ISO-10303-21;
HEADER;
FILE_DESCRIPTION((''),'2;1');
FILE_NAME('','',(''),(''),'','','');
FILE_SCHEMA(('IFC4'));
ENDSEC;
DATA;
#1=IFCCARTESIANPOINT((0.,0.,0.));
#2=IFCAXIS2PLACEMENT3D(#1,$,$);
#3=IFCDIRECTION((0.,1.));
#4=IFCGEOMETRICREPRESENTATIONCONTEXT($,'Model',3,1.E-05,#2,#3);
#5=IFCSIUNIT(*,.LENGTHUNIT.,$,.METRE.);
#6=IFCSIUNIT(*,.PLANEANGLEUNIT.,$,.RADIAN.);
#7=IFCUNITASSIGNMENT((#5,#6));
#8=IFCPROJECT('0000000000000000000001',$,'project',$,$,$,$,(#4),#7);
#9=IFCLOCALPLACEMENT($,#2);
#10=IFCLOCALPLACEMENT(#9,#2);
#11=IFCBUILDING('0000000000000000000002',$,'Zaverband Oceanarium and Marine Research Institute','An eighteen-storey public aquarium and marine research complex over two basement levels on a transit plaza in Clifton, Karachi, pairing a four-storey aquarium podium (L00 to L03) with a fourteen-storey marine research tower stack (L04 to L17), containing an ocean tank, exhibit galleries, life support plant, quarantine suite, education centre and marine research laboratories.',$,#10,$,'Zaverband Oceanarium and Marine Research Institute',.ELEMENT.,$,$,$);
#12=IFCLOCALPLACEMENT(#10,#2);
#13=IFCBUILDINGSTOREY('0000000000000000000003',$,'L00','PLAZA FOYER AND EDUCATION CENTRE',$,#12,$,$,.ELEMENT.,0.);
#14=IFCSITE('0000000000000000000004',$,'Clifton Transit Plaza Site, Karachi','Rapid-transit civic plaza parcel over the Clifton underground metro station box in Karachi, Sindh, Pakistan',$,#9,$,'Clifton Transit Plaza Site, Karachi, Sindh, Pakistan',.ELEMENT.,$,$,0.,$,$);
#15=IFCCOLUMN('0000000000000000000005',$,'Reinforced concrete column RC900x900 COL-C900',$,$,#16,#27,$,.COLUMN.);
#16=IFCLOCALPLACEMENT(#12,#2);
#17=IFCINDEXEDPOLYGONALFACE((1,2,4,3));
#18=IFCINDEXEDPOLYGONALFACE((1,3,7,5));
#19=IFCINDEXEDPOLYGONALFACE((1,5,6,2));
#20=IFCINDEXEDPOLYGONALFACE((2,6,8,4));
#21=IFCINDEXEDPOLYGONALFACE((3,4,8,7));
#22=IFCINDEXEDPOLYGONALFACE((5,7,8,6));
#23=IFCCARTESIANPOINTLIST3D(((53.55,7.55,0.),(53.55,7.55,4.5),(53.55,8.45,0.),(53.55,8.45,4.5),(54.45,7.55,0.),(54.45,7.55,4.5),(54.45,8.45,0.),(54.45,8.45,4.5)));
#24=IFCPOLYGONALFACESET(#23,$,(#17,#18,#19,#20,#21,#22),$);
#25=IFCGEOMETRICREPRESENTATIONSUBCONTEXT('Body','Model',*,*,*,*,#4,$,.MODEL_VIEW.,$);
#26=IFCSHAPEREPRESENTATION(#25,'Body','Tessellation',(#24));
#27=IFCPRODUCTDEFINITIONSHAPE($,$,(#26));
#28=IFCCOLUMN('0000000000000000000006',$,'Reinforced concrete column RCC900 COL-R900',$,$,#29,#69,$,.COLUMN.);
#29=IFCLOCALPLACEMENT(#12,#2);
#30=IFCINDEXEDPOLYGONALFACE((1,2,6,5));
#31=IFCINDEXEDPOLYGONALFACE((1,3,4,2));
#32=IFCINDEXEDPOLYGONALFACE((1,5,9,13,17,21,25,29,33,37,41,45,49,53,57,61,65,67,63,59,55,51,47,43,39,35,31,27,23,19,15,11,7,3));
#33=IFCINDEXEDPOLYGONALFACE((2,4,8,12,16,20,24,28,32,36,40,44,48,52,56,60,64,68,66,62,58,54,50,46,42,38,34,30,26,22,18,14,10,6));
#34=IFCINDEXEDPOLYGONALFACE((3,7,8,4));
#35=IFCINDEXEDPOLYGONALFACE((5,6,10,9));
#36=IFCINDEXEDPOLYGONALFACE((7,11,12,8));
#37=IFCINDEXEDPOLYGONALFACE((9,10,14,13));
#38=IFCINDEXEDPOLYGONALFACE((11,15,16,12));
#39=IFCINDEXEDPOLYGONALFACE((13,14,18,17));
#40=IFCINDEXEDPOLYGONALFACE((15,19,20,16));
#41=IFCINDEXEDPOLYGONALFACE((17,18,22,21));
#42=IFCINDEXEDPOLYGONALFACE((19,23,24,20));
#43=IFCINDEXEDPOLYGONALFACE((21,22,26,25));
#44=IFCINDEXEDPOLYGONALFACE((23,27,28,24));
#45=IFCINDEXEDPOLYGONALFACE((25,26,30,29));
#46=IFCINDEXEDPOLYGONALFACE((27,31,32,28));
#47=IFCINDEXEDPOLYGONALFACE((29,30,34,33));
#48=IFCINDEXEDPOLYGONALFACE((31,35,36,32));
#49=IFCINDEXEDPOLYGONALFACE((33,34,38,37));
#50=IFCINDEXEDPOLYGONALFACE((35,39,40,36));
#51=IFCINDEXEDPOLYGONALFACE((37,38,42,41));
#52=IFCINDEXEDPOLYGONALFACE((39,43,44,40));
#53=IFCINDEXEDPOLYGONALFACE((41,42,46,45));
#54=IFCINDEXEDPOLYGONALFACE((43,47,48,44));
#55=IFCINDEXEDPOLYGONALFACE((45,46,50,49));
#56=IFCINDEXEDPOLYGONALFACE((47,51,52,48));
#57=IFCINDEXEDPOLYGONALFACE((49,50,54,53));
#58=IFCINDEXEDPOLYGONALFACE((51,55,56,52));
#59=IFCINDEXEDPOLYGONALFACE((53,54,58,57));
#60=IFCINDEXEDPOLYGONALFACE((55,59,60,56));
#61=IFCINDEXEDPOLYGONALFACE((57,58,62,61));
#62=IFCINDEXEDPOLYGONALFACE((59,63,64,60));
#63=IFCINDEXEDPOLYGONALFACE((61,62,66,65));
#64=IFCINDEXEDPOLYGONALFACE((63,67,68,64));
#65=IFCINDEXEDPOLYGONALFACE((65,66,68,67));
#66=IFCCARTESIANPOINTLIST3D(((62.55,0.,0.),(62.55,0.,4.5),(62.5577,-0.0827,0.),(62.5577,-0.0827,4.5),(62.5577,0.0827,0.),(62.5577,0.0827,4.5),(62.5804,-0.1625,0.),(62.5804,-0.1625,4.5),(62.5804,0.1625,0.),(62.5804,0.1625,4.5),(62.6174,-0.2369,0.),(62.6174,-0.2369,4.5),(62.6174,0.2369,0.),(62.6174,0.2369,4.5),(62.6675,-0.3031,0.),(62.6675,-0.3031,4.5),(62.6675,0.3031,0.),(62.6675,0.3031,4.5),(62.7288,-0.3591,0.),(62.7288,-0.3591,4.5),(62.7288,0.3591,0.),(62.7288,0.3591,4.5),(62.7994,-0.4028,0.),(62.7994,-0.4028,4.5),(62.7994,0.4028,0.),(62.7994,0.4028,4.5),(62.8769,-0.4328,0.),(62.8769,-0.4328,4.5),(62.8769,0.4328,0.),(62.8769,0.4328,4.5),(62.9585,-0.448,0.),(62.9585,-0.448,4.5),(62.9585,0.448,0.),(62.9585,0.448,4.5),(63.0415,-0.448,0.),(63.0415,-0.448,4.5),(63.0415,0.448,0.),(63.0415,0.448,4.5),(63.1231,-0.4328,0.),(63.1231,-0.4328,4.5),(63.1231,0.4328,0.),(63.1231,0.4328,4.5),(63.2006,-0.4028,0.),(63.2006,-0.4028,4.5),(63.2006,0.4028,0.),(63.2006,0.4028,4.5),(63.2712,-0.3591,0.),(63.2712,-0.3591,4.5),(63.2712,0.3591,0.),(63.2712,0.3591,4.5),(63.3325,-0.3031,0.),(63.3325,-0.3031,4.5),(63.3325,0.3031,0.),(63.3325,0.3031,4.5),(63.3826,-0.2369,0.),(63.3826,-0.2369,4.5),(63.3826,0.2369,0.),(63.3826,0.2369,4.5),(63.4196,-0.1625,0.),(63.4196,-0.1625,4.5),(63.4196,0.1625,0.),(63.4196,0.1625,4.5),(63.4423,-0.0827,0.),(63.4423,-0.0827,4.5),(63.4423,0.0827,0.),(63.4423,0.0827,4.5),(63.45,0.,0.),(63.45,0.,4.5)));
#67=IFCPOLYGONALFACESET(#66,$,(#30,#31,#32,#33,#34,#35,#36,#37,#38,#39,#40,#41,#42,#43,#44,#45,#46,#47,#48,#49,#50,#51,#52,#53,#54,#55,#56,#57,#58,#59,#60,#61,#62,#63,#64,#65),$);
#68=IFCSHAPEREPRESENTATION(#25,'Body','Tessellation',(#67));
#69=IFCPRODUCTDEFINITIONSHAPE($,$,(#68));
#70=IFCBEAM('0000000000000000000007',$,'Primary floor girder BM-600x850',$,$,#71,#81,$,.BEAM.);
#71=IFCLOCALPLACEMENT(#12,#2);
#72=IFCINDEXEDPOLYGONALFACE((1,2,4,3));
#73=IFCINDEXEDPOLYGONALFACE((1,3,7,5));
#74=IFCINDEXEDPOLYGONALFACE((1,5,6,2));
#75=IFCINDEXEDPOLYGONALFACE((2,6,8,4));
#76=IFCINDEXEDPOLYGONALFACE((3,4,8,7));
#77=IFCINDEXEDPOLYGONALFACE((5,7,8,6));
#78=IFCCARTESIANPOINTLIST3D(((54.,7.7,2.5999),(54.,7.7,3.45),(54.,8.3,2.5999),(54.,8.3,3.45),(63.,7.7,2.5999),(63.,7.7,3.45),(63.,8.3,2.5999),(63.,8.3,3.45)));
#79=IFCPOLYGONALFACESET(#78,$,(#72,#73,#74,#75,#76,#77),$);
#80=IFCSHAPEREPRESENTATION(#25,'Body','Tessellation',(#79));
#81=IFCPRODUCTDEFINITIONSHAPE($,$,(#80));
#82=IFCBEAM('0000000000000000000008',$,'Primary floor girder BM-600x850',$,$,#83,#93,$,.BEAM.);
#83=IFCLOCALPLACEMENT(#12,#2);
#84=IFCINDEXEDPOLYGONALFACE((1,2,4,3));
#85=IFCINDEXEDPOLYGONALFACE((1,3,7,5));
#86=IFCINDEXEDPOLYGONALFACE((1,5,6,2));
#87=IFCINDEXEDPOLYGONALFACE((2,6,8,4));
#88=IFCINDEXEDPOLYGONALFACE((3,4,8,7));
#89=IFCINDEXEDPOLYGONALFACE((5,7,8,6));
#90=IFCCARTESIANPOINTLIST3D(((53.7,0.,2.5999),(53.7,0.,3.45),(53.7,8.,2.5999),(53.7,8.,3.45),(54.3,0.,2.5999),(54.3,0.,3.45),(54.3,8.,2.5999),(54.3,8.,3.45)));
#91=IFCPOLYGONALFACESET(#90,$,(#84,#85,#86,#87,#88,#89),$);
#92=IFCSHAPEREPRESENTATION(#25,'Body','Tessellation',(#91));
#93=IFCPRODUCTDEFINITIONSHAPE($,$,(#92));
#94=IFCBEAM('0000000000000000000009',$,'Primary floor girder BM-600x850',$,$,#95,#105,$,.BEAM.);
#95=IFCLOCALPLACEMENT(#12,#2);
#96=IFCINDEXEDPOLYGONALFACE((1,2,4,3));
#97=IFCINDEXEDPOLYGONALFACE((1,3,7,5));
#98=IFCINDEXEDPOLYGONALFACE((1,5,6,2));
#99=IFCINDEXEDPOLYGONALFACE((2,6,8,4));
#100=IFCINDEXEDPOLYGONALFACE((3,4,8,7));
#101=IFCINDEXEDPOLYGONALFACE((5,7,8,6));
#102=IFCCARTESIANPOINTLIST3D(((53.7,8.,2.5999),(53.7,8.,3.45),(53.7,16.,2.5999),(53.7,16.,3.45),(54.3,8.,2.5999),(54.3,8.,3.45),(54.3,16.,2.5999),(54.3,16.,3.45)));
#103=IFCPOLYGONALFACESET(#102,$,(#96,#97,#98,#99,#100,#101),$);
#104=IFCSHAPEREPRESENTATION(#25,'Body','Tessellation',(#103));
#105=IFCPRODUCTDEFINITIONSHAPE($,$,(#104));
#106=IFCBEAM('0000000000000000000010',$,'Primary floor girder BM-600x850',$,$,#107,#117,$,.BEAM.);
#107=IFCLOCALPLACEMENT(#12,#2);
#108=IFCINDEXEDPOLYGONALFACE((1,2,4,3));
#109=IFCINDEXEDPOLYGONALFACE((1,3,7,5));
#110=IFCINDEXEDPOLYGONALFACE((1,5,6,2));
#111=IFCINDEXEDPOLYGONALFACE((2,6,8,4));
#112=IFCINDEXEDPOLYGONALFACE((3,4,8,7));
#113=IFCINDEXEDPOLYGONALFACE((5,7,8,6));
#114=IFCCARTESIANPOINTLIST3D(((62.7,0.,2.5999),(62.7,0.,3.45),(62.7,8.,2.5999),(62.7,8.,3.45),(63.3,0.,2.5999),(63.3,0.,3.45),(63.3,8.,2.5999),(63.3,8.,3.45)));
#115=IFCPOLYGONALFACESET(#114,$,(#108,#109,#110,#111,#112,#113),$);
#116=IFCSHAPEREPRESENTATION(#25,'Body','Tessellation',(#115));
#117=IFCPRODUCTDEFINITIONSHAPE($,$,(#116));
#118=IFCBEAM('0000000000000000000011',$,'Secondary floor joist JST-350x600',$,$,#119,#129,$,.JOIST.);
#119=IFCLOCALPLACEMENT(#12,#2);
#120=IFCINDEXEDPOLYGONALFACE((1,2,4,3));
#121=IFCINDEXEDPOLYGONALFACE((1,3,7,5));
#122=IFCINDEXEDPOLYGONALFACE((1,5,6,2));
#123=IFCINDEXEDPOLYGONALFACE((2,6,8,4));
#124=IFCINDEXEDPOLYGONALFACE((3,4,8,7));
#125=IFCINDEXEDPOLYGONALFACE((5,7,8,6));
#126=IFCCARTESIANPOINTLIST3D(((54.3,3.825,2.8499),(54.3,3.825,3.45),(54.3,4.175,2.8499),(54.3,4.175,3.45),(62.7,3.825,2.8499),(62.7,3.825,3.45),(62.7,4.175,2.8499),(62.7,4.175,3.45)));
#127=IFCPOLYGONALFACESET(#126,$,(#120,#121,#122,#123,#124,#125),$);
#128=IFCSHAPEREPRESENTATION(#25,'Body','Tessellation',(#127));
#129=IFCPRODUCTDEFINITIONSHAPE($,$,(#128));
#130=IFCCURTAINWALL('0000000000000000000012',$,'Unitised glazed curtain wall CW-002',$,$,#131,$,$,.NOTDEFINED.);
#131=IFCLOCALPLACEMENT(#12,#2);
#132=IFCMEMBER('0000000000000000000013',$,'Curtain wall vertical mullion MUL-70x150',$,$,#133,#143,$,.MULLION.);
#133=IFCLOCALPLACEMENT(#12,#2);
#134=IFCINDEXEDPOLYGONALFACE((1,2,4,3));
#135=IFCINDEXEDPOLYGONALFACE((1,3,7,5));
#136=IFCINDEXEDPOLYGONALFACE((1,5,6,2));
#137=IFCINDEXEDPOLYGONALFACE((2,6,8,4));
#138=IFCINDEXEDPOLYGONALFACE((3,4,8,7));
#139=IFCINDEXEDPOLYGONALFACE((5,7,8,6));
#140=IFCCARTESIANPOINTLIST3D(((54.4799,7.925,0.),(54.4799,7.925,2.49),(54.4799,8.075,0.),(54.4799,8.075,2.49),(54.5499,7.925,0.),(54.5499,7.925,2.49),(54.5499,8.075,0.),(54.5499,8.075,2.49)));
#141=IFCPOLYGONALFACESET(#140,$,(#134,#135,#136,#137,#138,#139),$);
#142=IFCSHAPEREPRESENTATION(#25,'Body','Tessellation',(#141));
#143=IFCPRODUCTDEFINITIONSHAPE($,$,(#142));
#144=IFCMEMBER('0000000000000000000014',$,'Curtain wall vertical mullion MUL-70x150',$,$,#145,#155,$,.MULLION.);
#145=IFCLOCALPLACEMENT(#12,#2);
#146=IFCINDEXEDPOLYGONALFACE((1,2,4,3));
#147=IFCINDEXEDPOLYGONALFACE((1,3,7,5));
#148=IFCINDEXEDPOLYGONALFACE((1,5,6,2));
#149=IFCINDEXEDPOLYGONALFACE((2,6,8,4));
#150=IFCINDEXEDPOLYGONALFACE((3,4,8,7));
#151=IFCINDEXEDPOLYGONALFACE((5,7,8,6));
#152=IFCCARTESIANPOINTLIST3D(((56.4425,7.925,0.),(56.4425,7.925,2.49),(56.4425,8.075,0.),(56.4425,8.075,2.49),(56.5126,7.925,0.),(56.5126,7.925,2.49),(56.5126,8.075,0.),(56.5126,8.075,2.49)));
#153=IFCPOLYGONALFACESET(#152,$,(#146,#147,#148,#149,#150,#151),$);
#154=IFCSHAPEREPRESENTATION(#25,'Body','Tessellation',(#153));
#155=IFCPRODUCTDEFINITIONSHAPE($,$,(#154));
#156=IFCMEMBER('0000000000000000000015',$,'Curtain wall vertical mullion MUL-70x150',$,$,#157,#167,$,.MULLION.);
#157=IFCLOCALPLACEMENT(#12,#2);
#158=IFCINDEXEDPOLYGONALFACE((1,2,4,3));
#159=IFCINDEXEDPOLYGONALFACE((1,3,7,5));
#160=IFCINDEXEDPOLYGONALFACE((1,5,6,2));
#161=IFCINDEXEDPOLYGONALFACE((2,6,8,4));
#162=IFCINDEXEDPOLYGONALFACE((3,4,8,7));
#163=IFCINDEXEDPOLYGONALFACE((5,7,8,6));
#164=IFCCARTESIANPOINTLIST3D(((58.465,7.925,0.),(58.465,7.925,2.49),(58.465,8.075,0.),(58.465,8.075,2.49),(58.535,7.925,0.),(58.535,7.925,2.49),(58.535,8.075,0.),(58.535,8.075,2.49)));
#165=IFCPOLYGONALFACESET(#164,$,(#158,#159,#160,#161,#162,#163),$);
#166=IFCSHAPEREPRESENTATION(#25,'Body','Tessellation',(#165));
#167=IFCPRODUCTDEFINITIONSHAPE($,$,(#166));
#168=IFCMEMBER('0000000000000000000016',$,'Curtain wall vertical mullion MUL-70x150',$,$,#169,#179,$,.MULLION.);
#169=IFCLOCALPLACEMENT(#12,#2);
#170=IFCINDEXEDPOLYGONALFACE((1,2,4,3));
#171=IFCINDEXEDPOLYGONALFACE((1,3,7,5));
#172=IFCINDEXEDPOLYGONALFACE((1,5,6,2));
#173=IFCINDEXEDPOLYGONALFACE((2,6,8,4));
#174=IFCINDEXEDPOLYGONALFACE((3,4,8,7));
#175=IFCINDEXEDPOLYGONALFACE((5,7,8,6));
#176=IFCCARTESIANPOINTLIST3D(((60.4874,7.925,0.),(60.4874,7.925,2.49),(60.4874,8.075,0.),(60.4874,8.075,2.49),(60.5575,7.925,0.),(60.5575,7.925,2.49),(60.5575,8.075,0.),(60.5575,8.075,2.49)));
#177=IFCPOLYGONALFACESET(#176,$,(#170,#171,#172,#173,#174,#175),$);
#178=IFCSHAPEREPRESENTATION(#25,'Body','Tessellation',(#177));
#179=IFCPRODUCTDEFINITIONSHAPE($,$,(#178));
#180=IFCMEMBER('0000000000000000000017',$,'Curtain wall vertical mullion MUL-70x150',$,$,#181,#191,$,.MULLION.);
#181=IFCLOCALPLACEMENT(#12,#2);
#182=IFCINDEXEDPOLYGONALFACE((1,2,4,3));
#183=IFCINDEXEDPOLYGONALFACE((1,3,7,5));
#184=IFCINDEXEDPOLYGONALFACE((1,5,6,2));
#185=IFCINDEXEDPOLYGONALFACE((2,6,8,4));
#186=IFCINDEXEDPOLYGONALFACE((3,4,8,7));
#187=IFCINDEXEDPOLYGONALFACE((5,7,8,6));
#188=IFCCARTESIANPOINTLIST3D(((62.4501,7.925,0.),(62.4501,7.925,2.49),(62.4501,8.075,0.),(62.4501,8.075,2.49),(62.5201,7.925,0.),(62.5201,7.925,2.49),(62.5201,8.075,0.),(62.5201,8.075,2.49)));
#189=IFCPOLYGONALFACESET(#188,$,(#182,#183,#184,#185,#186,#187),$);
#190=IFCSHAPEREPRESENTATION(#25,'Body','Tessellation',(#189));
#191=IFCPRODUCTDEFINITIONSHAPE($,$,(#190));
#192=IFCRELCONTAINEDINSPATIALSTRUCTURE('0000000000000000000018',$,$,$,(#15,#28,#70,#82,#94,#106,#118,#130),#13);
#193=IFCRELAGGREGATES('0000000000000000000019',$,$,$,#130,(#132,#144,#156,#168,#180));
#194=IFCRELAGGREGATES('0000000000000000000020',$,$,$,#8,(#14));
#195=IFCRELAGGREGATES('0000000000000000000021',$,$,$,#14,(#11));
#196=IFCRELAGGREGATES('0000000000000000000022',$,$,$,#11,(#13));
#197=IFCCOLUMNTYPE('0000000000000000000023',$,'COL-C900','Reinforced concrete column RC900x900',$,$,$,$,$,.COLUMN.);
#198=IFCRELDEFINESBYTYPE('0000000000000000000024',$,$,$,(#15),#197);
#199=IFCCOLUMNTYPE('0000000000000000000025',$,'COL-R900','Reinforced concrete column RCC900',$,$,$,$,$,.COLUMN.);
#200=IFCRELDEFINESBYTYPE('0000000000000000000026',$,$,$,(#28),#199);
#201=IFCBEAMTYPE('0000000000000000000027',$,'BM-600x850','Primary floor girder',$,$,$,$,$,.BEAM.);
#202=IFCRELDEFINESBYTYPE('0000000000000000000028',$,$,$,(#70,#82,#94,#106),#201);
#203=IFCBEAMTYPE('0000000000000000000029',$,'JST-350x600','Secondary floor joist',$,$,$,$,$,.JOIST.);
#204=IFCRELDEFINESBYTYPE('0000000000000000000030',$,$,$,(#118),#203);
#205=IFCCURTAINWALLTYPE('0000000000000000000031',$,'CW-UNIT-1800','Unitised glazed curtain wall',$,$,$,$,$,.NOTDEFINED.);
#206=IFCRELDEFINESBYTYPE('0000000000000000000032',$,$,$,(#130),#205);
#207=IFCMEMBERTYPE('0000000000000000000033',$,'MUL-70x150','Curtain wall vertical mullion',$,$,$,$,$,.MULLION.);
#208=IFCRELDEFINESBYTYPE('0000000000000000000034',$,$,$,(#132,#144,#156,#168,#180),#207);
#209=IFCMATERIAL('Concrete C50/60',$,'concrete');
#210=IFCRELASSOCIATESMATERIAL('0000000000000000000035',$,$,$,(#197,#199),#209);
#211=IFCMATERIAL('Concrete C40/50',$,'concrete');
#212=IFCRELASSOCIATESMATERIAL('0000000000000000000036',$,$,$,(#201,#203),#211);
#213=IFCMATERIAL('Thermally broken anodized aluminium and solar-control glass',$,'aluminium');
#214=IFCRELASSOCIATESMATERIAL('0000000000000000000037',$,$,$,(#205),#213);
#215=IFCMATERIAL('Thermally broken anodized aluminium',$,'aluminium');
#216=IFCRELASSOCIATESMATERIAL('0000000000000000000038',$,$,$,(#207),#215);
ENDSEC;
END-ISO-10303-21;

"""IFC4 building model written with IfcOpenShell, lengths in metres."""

from ifc_helpers import new_model, si_unit, direction, frame, origin, origin_2d, place, context, subcontext, project, spatial, rectangle, circle, extrude, material, material_profile, profile_set, type_object, element, aggregate, save


model = new_model("IFC4")

# Units and contexts
model_context = context("Model", 3, precision=1e-05, world=origin(), true_north=direction((0.0, 1.0)))
body_context = subcontext(model_context, "Body", "Model", "MODEL_VIEW")
ifc_project = project(units=[si_unit("LENGTHUNIT", "METRE"), si_unit("PLANEANGLEUNIT", "RADIAN")], contexts=[model_context])

# Site, building, storey
site_placement = place(None, origin())
site = spatial("IfcSite", under=ifc_project, at=site_placement, Name="Clifton Transit Plaza Site, Karachi", Description="Rapid-transit civic plaza parcel over the Clifton underground metro station box in Karachi, Sindh, Pakistan", LongName="Clifton Transit Plaza Site, Karachi, Sindh, Pakistan", CompositionType="ELEMENT", RefElevation=0.0)
building_placement = place(site_placement, origin())
building = spatial("IfcBuilding", under=site, at=building_placement, Name="Zaverband Oceanarium and Marine Research Institute", Description="An eighteen-storey public aquarium and marine research complex over two basement levels on a transit plaza in Clifton, Karachi, pairing a four-storey aquarium podium (L00 to L03) with a fourteen-storey marine research tower stack (L04 to L17), containing an ocean tank, exhibit galleries, life support plant, quarantine suite, education centre and marine research laboratories.", LongName="Zaverband Oceanarium and Marine Research Institute", CompositionType="ELEMENT")
storey_placement = place(building_placement, origin())
storey = spatial("IfcBuildingStorey", under=building, at=storey_placement, Name="L00", Description="PLAZA FOYER AND EDUCATION CENTRE", CompositionType="ELEMENT", Elevation=0.0)

# Columns
ifc_material_1 = material(Name="Concrete C50/60", Category="concrete")
ifc_material_profile_1 = material_profile(ifc_material_1, rectangle(XDim=0.8999, YDim=0.8999, at=origin_2d()), Name="RC900x900")
ifc_profile_set_1 = profile_set([ifc_material_profile_1], Name="Concrete C50/60")
column_type_1 = type_object("IfcColumnType", Name="COL-C900", Description="Reinforced concrete column RC900x900", PredefinedType="COLUMN", material=ifc_profile_set_1)
column_1_placement = place(storey_placement, frame((54.0, 8.0, 0.0), z_axis=(0.0, 0.0, 1.0), x_axis=(1.0, 0.0, 0.0)))
element("IfcColumn", 1, at=column_1_placement, inside=storey, type_object=column_type_1, Name="Reinforced concrete column RC900x900 COL-C900", PredefinedType="COLUMN", context=body_context, shape_type="SweptSolid", body=[
    extrude(rectangle(XDim=0.8999, YDim=0.8999, at=origin_2d()), origin(), (0.0, 0.0, 1.0), 4.5),
])
ifc_material_profile_2 = material_profile(ifc_material_1, circle(Radius=0.45, at=origin_2d()), Name="RCC900")
ifc_profile_set_2 = profile_set([ifc_material_profile_2], Name="Concrete C50/60")
column_type_2 = type_object("IfcColumnType", Name="COL-R900", Description="Reinforced concrete column RCC900", PredefinedType="COLUMN", material=ifc_profile_set_2)
column_2_placement = place(storey_placement, frame((63.0, 0.0, 0.0), z_axis=(0.0, 0.0, 1.0), x_axis=(1.0, 0.0, 0.0)))
element("IfcColumn", 2, at=column_2_placement, inside=storey, type_object=column_type_2, Name="Reinforced concrete column RCC900 COL-R900", PredefinedType="COLUMN", context=body_context, shape_type="SweptSolid", body=[
    extrude(circle(Radius=0.45, at=origin_2d()), origin(), (0.0, 0.0, 1.0), 4.5),
])

# Beams
ifc_material_2 = material(Name="Concrete C40/50", Category="concrete")
ifc_material_profile_3 = material_profile(ifc_material_2, rectangle(XDim=0.6001, YDim=0.8501, at=origin_2d()), Name="RC600x850")
ifc_profile_set_3 = profile_set([ifc_material_profile_3], Name="Concrete C40/50")
beam_type_1 = type_object("IfcBeamType", Name="BM-600x850", Description="Primary floor girder", PredefinedType="BEAM", material=ifc_profile_set_3)
beam_1_placement = place(storey_placement, frame((54.0, 8.0, 3.0249), z_axis=(1.0, 0.0, 0.0), x_axis=(0.0, 1.0, 0.0)))
element("IfcBeam", 3, at=beam_1_placement, inside=storey, type_object=beam_type_1, Name="Primary floor girder BM-600x850", PredefinedType="BEAM", context=body_context, shape_type="SweptSolid", body=[
    extrude(rectangle(XDim=0.6001, YDim=0.8501, at=origin_2d()), origin(), (0.0, 0.0, 1.0), 9.0),
])
for number, where, z_axis, x_axis, name in (
    (4, (54.0, 0.0, 3.0249), (0.0, 1.0, 0.0), (-1.0, 0.0, 0.0), "Primary floor girder BM-600x850"),
    (5, (54.0, 8.0, 3.0249), (0.0, 1.0, 0.0), (-1.0, 0.0, 0.0), "Primary floor girder BM-600x850"),
    (6, (63.0, 0.0, 3.0249), (0.0, 1.0, 0.0), (-1.0, 0.0, 0.0), "Primary floor girder BM-600x850"),
):
    element("IfcBeam", number, at=place(storey_placement, frame(where, z_axis=z_axis, x_axis=x_axis)), inside=storey, type_object=beam_type_1, Name=name, PredefinedType="BEAM", context=body_context, shape_type="SweptSolid", body=[
        extrude(rectangle(XDim=0.6001, YDim=0.8501, at=origin_2d()), origin(), (0.0, 0.0, 1.0), 8.0),
    ])
ifc_material_profile_4 = material_profile(ifc_material_2, rectangle(XDim=0.3501, YDim=0.6001, at=origin_2d()), Name="RC350x600")
ifc_profile_set_4 = profile_set([ifc_material_profile_4], Name="Concrete C40/50")
beam_type_2 = type_object("IfcBeamType", Name="JST-350x600", Description="Secondary floor joist", PredefinedType="JOIST", material=ifc_profile_set_4)
beam_2_placement = place(storey_placement, frame((54.3, 4.0, 3.1499), z_axis=(1.0, 0.0, 0.0), x_axis=(0.0, 1.0, 0.0)))
element("IfcBeam", 7, at=beam_2_placement, inside=storey, type_object=beam_type_2, Name="Secondary floor joist JST-350x600", PredefinedType="JOIST", context=body_context, shape_type="SweptSolid", body=[
    extrude(rectangle(XDim=0.3501, YDim=0.6001, at=origin_2d()), origin(), (0.0, 0.0, 1.0), 8.3999),
])

# Curtain wall, members
ifc_material_3 = material(Name="Thermally broken anodized aluminium and solar-control glass", Category="aluminium")
curtain_wall_type = type_object("IfcCurtainWallType", Name="CW-UNIT-1800", Description="Unitised glazed curtain wall", PredefinedType="NOTDEFINED", material=ifc_material_3)
curtain_wall_placement = place(storey_placement, origin())
curtain_wall = element("IfcCurtainWall", 8, at=curtain_wall_placement, inside=storey, type_object=curtain_wall_type, Name="Unitised glazed curtain wall CW-002", PredefinedType="NOTDEFINED")
ifc_material_4 = material(Name="Thermally broken anodized aluminium", Category="aluminium")
ifc_material_profile_5 = material_profile(ifc_material_4, rectangle(XDim=0.0701, YDim=0.1499, at=origin_2d()), Name="AL-MUL-70x150")
ifc_profile_set_5 = profile_set([ifc_material_profile_5], Name="Thermally broken anodized aluminium")
member_type_1 = type_object("IfcMemberType", Name="MUL-70x150", Description="Curtain wall vertical mullion", PredefinedType="MULLION", material=ifc_profile_set_5)
member_1_placement = place(storey_placement, frame((54.5149, 8.0, 0.0), z_axis=(0.0, 0.0, 1.0), x_axis=(1.0, 0.0, 0.0)))
member_1 = element("IfcMember", 9, at=member_1_placement, type_object=member_type_1, Name="Curtain wall vertical mullion MUL-70x150", PredefinedType="MULLION", context=body_context, shape_type="SweptSolid", body=[
    extrude(rectangle(XDim=0.0701, YDim=0.1499, at=origin_2d()), origin(), (0.0, 0.0, 1.0), 2.49),
])
member_2_placement = place(storey_placement, frame((56.4775, 8.0, 0.0), z_axis=(0.0, 0.0, 1.0), x_axis=(1.0, 0.0, 0.0)))
member_2 = element("IfcMember", 10, at=member_2_placement, type_object=member_type_1, Name="Curtain wall vertical mullion MUL-70x150", PredefinedType="MULLION", context=body_context, shape_type="SweptSolid", body=[
    extrude(rectangle(XDim=0.0701, YDim=0.1499, at=origin_2d()), origin(), (0.0, 0.0, 1.0), 2.49),
])
member_3_placement = place(storey_placement, frame((58.5, 8.0, 0.0), z_axis=(0.0, 0.0, 1.0), x_axis=(1.0, 0.0, 0.0)))
member_3 = element("IfcMember", 11, at=member_3_placement, type_object=member_type_1, Name="Curtain wall vertical mullion MUL-70x150", PredefinedType="MULLION", context=body_context, shape_type="SweptSolid", body=[
    extrude(rectangle(XDim=0.0701, YDim=0.1499, at=origin_2d()), origin(), (0.0, 0.0, 1.0), 2.49),
])
member_4_placement = place(storey_placement, frame((60.5225, 8.0, 0.0), z_axis=(0.0, 0.0, 1.0), x_axis=(1.0, 0.0, 0.0)))
member_4 = element("IfcMember", 12, at=member_4_placement, type_object=member_type_1, Name="Curtain wall vertical mullion MUL-70x150", PredefinedType="MULLION", context=body_context, shape_type="SweptSolid", body=[
    extrude(rectangle(XDim=0.0701, YDim=0.1499, at=origin_2d()), origin(), (0.0, 0.0, 1.0), 2.49),
])
member_5_placement = place(storey_placement, frame((62.4851, 8.0, 0.0), z_axis=(0.0, 0.0, 1.0), x_axis=(1.0, 0.0, 0.0)))
member_5 = element("IfcMember", 13, at=member_5_placement, type_object=member_type_1, Name="Curtain wall vertical mullion MUL-70x150", PredefinedType="MULLION", context=body_context, shape_type="SweptSolid", body=[
    extrude(rectangle(XDim=0.0701, YDim=0.1499, at=origin_2d()), origin(), (0.0, 0.0, 1.0), 2.49),
])

aggregate(curtain_wall, [member_1, member_2, member_3, member_4, member_5])

save(model, "model.ifc")
